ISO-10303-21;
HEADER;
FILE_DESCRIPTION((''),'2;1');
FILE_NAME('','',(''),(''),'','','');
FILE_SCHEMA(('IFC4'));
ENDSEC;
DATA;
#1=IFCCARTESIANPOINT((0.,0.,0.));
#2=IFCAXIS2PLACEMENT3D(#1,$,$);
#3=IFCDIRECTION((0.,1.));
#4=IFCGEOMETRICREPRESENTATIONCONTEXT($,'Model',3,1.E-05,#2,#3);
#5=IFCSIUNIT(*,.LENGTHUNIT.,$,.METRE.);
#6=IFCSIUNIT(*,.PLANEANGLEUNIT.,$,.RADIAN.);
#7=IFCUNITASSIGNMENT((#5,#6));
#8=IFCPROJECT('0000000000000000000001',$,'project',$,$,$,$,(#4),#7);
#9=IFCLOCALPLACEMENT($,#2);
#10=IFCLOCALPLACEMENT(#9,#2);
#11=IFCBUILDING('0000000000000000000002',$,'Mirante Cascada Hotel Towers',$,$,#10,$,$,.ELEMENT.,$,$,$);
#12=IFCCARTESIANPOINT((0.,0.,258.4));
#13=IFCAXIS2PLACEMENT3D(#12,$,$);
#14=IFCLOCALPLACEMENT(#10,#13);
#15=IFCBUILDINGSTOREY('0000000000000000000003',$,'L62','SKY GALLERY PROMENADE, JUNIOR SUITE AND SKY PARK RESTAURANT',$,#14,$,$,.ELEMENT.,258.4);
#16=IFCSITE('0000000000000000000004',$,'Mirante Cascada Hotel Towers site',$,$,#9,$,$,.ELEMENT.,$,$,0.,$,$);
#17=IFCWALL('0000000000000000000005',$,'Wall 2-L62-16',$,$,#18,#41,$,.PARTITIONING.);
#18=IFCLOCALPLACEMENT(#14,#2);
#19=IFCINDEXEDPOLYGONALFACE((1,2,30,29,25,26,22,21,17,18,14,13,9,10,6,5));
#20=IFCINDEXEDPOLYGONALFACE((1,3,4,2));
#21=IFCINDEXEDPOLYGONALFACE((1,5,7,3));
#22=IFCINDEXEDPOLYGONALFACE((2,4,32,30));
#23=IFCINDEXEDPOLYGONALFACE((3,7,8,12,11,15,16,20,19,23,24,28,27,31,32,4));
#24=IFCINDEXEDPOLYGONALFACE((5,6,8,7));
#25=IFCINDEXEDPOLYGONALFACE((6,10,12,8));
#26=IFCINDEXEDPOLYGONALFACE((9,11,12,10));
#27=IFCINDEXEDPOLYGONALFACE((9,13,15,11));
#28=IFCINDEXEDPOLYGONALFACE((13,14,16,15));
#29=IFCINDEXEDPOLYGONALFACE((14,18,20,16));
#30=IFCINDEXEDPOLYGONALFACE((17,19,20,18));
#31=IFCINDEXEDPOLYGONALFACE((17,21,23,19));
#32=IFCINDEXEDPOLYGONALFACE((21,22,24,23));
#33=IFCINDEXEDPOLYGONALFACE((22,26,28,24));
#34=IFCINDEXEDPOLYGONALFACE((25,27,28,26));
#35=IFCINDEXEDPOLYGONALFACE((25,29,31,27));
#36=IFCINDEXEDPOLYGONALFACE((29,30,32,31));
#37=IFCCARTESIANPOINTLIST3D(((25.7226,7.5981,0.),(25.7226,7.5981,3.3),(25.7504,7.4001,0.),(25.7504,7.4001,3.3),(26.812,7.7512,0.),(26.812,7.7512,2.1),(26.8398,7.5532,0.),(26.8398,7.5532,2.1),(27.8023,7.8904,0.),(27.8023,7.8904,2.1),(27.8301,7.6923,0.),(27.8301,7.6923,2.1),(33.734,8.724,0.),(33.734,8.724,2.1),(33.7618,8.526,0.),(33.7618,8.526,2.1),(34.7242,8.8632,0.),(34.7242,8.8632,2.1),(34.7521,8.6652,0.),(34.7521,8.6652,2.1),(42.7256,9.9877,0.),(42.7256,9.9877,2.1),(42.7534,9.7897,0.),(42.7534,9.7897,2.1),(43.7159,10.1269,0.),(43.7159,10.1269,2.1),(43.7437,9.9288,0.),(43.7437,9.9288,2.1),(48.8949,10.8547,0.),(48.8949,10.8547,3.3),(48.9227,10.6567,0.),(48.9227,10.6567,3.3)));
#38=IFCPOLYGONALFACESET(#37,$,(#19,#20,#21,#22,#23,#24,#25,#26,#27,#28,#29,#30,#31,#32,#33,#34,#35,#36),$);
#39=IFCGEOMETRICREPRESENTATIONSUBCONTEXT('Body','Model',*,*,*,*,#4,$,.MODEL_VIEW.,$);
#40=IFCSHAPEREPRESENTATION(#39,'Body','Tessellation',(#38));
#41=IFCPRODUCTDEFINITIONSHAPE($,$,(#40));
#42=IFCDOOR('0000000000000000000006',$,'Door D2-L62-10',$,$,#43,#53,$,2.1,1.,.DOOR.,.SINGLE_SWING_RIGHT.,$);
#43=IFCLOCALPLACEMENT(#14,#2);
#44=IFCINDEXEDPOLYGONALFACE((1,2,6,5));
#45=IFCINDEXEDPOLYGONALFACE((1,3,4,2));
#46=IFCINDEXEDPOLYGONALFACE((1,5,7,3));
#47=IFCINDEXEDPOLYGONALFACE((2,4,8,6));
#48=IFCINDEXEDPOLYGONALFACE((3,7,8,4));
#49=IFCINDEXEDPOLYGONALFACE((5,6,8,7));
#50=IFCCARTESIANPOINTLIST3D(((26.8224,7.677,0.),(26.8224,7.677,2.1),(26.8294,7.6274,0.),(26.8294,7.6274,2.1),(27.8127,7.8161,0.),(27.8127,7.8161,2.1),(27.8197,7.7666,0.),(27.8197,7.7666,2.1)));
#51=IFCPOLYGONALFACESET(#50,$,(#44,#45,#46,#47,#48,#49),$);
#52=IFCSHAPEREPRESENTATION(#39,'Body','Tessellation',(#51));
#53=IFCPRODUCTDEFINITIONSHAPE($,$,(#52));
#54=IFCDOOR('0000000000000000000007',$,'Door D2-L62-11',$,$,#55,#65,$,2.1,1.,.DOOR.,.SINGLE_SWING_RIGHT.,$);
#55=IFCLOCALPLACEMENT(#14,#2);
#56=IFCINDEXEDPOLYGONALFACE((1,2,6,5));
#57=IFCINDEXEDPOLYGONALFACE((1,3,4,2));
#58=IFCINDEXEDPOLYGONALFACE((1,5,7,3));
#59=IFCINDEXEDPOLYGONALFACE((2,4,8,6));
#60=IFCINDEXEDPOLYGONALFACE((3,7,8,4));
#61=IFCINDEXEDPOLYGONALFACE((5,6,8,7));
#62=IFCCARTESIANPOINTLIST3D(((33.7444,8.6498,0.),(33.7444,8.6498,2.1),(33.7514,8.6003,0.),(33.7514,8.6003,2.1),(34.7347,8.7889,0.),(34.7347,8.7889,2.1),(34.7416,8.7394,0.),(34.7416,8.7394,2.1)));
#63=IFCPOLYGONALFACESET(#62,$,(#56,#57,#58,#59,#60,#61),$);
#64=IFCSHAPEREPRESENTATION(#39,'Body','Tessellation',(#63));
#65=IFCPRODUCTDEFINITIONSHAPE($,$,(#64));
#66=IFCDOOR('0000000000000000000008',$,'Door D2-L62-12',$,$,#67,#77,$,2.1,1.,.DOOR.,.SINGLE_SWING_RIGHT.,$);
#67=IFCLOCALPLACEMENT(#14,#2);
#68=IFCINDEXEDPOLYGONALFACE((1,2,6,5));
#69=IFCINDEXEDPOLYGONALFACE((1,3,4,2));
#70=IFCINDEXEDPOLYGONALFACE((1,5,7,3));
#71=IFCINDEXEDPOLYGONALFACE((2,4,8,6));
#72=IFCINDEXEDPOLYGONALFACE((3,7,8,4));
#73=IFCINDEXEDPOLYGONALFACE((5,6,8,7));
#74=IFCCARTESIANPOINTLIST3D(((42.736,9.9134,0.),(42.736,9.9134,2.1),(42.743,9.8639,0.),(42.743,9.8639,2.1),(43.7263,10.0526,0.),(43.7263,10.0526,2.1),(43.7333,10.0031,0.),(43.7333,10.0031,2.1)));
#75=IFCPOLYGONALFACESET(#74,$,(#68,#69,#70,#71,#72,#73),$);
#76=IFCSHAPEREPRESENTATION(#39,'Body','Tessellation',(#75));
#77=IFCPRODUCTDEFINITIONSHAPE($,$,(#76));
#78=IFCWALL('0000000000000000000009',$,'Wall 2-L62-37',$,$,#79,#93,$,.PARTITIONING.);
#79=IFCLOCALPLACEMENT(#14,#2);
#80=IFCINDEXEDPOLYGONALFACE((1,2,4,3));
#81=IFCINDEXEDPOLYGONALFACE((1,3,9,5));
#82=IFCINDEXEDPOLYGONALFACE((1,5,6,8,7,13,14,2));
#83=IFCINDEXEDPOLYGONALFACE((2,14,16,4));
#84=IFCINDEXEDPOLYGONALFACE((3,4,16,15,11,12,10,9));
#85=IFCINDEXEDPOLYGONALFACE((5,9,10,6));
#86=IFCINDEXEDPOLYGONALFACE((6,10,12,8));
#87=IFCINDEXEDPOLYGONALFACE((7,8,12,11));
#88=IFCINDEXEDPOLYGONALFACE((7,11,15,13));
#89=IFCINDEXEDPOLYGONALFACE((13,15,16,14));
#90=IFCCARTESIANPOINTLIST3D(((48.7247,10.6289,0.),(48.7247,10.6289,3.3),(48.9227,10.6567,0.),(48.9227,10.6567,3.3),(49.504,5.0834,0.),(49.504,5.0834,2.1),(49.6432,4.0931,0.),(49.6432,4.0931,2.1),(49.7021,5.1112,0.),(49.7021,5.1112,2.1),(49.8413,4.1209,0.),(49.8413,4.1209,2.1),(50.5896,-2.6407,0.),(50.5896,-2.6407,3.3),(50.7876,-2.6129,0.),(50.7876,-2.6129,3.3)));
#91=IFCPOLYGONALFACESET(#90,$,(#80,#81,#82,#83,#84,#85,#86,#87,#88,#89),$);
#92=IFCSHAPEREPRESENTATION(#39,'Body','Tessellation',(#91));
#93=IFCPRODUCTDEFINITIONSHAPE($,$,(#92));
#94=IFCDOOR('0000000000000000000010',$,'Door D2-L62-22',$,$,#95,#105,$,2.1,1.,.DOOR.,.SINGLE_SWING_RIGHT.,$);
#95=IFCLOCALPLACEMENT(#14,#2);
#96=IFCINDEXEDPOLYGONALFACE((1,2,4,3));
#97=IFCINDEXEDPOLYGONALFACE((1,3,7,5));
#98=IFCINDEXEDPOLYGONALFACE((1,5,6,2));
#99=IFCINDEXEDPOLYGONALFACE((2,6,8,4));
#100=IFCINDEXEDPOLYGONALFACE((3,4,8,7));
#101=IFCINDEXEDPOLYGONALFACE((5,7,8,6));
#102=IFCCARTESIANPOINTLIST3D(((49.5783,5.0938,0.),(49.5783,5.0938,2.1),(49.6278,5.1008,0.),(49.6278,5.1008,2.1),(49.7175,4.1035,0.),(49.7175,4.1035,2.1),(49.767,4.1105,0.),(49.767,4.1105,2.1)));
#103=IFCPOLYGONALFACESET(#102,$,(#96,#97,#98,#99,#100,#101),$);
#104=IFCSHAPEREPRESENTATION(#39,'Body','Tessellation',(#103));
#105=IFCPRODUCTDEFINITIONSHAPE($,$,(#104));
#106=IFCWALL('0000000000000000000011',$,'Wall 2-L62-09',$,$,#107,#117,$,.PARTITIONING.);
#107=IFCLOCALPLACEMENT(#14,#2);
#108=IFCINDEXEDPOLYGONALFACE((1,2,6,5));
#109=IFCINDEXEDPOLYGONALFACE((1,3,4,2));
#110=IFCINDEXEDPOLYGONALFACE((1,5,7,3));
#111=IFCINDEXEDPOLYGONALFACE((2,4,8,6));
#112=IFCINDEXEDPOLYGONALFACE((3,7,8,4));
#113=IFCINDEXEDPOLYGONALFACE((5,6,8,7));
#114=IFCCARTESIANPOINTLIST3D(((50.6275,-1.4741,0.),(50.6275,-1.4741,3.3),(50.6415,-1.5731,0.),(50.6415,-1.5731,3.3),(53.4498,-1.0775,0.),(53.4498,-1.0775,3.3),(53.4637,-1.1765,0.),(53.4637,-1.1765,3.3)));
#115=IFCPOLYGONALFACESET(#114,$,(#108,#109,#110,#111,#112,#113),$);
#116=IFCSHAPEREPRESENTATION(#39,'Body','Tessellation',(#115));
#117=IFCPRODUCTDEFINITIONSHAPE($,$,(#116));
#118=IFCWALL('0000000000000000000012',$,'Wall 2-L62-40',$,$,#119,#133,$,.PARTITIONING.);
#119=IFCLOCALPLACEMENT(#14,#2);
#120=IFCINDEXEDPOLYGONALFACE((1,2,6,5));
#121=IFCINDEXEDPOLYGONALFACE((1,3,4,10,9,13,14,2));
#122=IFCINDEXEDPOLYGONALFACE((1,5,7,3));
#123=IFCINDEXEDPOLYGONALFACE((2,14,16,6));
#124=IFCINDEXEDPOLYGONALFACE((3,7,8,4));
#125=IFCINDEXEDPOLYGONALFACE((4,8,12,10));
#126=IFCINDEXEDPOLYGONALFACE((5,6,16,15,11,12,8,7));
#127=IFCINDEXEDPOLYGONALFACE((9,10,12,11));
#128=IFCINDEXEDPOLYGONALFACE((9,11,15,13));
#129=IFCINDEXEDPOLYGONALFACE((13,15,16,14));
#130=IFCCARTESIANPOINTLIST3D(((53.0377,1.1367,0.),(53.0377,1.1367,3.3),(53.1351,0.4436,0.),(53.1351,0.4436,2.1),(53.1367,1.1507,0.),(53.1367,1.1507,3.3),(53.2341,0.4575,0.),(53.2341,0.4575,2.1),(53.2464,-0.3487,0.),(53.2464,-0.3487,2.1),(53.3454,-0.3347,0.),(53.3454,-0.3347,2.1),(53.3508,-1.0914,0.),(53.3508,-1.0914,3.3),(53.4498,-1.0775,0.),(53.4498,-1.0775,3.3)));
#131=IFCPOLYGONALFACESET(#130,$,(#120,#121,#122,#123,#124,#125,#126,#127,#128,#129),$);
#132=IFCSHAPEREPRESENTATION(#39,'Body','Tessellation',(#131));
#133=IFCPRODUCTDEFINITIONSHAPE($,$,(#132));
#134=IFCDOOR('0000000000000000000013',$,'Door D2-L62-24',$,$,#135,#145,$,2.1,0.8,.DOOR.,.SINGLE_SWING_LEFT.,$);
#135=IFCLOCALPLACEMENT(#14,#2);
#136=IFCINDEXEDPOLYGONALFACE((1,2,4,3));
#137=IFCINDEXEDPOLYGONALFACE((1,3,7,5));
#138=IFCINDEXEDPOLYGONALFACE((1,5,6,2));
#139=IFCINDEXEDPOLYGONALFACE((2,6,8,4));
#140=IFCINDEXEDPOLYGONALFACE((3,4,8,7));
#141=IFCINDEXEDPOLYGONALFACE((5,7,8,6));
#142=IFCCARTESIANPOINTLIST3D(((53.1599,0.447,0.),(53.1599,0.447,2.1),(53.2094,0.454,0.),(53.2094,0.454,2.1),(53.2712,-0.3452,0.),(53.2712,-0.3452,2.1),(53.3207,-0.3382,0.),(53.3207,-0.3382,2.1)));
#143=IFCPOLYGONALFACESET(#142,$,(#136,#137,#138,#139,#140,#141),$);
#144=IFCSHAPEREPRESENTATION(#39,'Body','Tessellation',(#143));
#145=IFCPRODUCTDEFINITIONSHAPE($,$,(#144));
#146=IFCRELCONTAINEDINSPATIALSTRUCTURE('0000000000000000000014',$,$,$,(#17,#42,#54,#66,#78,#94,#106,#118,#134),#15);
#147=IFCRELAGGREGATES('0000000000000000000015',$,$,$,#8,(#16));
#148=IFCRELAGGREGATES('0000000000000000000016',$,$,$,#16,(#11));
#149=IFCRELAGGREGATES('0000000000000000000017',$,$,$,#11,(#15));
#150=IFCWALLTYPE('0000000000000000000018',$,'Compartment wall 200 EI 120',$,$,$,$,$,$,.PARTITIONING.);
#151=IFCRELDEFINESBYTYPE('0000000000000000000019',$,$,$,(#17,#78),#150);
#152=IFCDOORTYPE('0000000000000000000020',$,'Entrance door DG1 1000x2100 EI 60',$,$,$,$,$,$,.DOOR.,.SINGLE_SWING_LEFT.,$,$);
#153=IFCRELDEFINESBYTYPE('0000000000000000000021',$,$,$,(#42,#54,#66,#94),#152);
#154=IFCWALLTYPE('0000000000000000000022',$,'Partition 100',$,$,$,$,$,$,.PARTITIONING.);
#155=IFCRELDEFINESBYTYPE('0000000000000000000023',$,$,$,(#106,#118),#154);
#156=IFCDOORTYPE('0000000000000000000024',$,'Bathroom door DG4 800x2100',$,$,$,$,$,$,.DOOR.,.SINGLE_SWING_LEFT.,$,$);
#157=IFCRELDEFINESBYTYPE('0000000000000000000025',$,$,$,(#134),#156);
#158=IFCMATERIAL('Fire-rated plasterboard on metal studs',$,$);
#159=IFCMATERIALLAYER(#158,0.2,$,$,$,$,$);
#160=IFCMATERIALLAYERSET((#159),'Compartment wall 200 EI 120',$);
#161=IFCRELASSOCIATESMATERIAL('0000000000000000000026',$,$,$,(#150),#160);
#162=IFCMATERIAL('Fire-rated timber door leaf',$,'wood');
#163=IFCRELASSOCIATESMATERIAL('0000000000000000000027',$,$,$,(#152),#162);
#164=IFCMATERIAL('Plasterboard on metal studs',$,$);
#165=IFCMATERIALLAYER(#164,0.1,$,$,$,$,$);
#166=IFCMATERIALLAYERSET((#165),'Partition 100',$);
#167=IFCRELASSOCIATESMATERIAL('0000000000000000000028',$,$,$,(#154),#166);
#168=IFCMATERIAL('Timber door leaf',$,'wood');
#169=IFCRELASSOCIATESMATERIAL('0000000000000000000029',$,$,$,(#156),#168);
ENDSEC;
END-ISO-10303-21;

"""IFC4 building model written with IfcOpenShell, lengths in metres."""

from ifc_helpers import new_model, si_unit, direction, frame, frame_2d, origin, place, context, subcontext, project, spatial, rectangle, extrude, material, layer, layer_set, type_object, element, fill, save


model = new_model("IFC4")

# Units and contexts
model_context = context("Model", 3, precision=1e-05, world=origin(), true_north=direction((0.0, 1.0)))
body_context = subcontext(model_context, "Body", "Model", "MODEL_VIEW")
ifc_project = project(units=[si_unit("LENGTHUNIT", "METRE"), si_unit("PLANEANGLEUNIT", "RADIAN")], contexts=[model_context])

# Site, building, storey
site_placement = place(None, origin())
site = spatial("IfcSite", under=ifc_project, at=site_placement, Name="Mirante Cascada Hotel Towers site", CompositionType="ELEMENT", RefElevation=0.0)
building_placement = place(site_placement, origin())
building = spatial("IfcBuilding", under=site, at=building_placement, Name="Mirante Cascada Hotel Towers", CompositionType="ELEMENT")
storey_placement = place(building_placement, frame((0.0, 0.0, 258.4)))
storey = spatial("IfcBuildingStorey", under=building, at=storey_placement, Name="L62", Description="SKY GALLERY PROMENADE, JUNIOR SUITE AND SKY PARK RESTAURANT", CompositionType="ELEMENT", Elevation=258.4)

# Shared definitions
ifc_material_1 = material(Name="Fire-rated plasterboard on metal studs")
ifc_layer_1 = layer(ifc_material_1, 0.2)
ifc_layer_set_1 = layer_set([ifc_layer_1], Name="Compartment wall 200 EI 120")
wall_type_1 = type_object("IfcWallType", Name="Compartment wall 200 EI 120", PredefinedType="PARTITIONING", material=ifc_layer_set_1)

# Wall, openings, doors
wall_1_placement = place(storey_placement, frame((48.9088, 10.7557, 0.0), z_axis=(0.0, 0.0, 1.0), x_axis=(-0.990268, -0.139171, 0.0)))
wall_1 = element("IfcWall", 1, at=wall_1_placement, inside=storey, type_object=wall_type_1, Name="Wall 2-L62-16", PredefinedType="PARTITIONING", context=body_context, shape_type="SweptSolid", body=[
    extrude(rectangle(XDim=23.4, YDim=0.2, at=frame_2d((11.7, 0.0))), origin(), (0.0, 0.0, 1.0), 3.3),
])
opening_1_placement = place(wall_1_placement, frame((21.2999, 0.0, 0.0)))
opening_1 = element("IfcOpeningElement", 2, at=opening_1_placement, cuts=wall_1, PredefinedType="OPENING", context=body_context, shape_type="SweptSolid", body=[
    extrude(rectangle(XDim=1.0, YDim=2.1, at=frame_2d((0.5, 1.05))), frame((0.0, 0.1, 0.0), z_axis=(0.0, -1.0, 0.0), x_axis=(1.0, 0.0, 0.0)), (0.0, 0.0, 1.0), 0.2),
])
opening_2_placement = place(wall_1_placement, frame((14.3099, 0.0, 0.0)))
opening_2 = element("IfcOpeningElement", 3, at=opening_2_placement, cuts=wall_1, PredefinedType="OPENING", context=body_context, shape_type="SweptSolid", body=[
    extrude(rectangle(XDim=1.0, YDim=2.1, at=frame_2d((0.5, 1.05))), frame((0.0, 0.1, 0.0), z_axis=(0.0, -1.0, 0.0), x_axis=(1.0, 0.0, 0.0)), (0.0, 0.0, 1.0), 0.2),
])
opening_3_placement = place(wall_1_placement, frame((5.2299, 0.0, 0.0)))
opening_3 = element("IfcOpeningElement", 4, at=opening_3_placement, cuts=wall_1, PredefinedType="OPENING", context=body_context, shape_type="SweptSolid", body=[
    extrude(rectangle(XDim=1.0, YDim=2.1, at=frame_2d((0.5, 1.05))), frame((0.0, 0.1, 0.0), z_axis=(0.0, -1.0, 0.0), x_axis=(1.0, 0.0, 0.0)), (0.0, 0.0, 1.0), 0.2),
])
ifc_material_2 = material(Name="Fire-rated timber door leaf", Category="wood")
door_type_1 = type_object("IfcDoorType", Name="Entrance door DG1 1000x2100 EI 60", OperationType="SINGLE_SWING_LEFT", PredefinedType="DOOR", material=ifc_material_2)
door_1_placement = place(opening_1_placement, frame((1.0, 0.0, 0.0), z_axis=(0.0, 0.0, 1.0), x_axis=(-1.0, 0.0, 0.0)))
door_1 = element("IfcDoor", 5, at=door_1_placement, inside=storey, type_object=door_type_1, Name="Door D2-L62-10", OperationType="SINGLE_SWING_RIGHT", OverallHeight=2.1, OverallWidth=1.0, PredefinedType="DOOR", context=body_context, shape_type="SweptSolid", body=[
    extrude(rectangle(XDim=1.0, YDim=2.1, at=frame_2d((0.5, 1.05))), frame((0.0, 0.025, 0.0), z_axis=(0.0, -1.0, 0.0), x_axis=(1.0, 0.0, 0.0)), (0.0, 0.0, 1.0), 0.05),
])
fill(opening_1, door_1)
door_2_placement = place(opening_2_placement, frame((1.0, 0.0, 0.0), z_axis=(0.0, 0.0, 1.0), x_axis=(-1.0, 0.0, 0.0)))
door_2 = element("IfcDoor", 6, at=door_2_placement, inside=storey, type_object=door_type_1, Name="Door D2-L62-11", OperationType="SINGLE_SWING_RIGHT", OverallHeight=2.1, OverallWidth=1.0, PredefinedType="DOOR", context=body_context, shape_type="SweptSolid", body=[
    extrude(rectangle(XDim=1.0, YDim=2.1, at=frame_2d((0.5, 1.05))), frame((0.0, 0.025, 0.0), z_axis=(0.0, -1.0, 0.0), x_axis=(1.0, 0.0, 0.0)), (0.0, 0.0, 1.0), 0.05),
])
fill(opening_2, door_2)
door_3_placement = place(opening_3_placement, frame((1.0, 0.0, 0.0), z_axis=(0.0, 0.0, 1.0), x_axis=(-1.0, 0.0, 0.0)))
door_3 = element("IfcDoor", 7, at=door_3_placement, inside=storey, type_object=door_type_1, Name="Door D2-L62-12", OperationType="SINGLE_SWING_RIGHT", OverallHeight=2.1, OverallWidth=1.0, PredefinedType="DOOR", context=body_context, shape_type="SweptSolid", body=[
    extrude(rectangle(XDim=1.0, YDim=2.1, at=frame_2d((0.5, 1.05))), frame((0.0, 0.025, 0.0), z_axis=(0.0, -1.0, 0.0), x_axis=(1.0, 0.0, 0.0)), (0.0, 0.0, 1.0), 0.05),
])
fill(opening_3, door_3)

# Wall, opening, door
wall_2_placement = place(storey_placement, frame((50.6886, -2.6268, 0.0), z_axis=(0.0, 0.0, 1.0), x_axis=(-0.139172, 0.990268, 0.0)))
wall_2 = element("IfcWall", 8, at=wall_2_placement, inside=storey, type_object=wall_type_1, Name="Wall 2-L62-37", PredefinedType="PARTITIONING", context=body_context, shape_type="SweptSolid", body=[
    extrude(rectangle(XDim=13.4, YDim=0.2, at=frame_2d((6.7, 0.0))), origin(), (0.0, 0.0, 1.0), 3.3),
])
opening_4_placement = place(wall_2_placement, frame((6.8, 0.0, 0.0)))
opening_4 = element("IfcOpeningElement", 9, at=opening_4_placement, cuts=wall_2, PredefinedType="OPENING", context=body_context, shape_type="SweptSolid", body=[
    extrude(rectangle(XDim=1.0, YDim=2.1, at=frame_2d((0.5, 1.05))), frame((0.0, 0.1, 0.0), z_axis=(0.0, -1.0, 0.0), x_axis=(1.0, 0.0, 0.0)), (0.0, 0.0, 1.0), 0.2),
])
door_4_placement = place(opening_4_placement, frame((1.0, 0.0, 0.0), z_axis=(0.0, 0.0, 1.0), x_axis=(-1.0, 0.0, 0.0)))
door_4 = element("IfcDoor", 10, at=door_4_placement, inside=storey, type_object=door_type_1, Name="Door D2-L62-22", OperationType="SINGLE_SWING_RIGHT", OverallHeight=2.1, OverallWidth=1.0, PredefinedType="DOOR", context=body_context, shape_type="SweptSolid", body=[
    extrude(rectangle(XDim=1.0, YDim=2.1, at=frame_2d((0.5, 1.05))), frame((0.0, 0.025, 0.0), z_axis=(0.0, -1.0, 0.0), x_axis=(1.0, 0.0, 0.0)), (0.0, 0.0, 1.0), 0.05),
])
fill(opening_4, door_4)

# Wall
ifc_material_3 = material(Name="Plasterboard on metal studs")
ifc_layer_2 = layer(ifc_material_3, 0.1)
ifc_layer_set_2 = layer_set([ifc_layer_2], Name="Partition 100")
wall_type_2 = type_object("IfcWallType", Name="Partition 100", PredefinedType="PARTITIONING", material=ifc_layer_set_2)
wall_3_placement = place(storey_placement, frame((50.6345, -1.5236, 0.0), z_axis=(0.0, 0.0, 1.0), x_axis=(0.99027, 0.139156, 0.0)))
element("IfcWall", 11, at=wall_3_placement, inside=storey, type_object=wall_type_2, Name="Wall 2-L62-09", PredefinedType="PARTITIONING", context=body_context, shape_type="SweptSolid", body=[
    extrude(rectangle(XDim=2.85, YDim=0.1, at=frame_2d((1.425, 0.0))), origin(), (0.0, 0.0, 1.0), 3.3),
])

# Wall, opening, door
wall_4_placement = place(storey_placement, frame((53.0872, 1.1437, 0.0), z_axis=(0.0, 0.0, 1.0), x_axis=(0.139156, -0.990271, 0.0)))
wall_4 = element("IfcWall", 12, at=wall_4_placement, inside=storey, type_object=wall_type_2, Name="Wall 2-L62-40", PredefinedType="PARTITIONING", context=body_context, shape_type="SweptSolid", body=[
    extrude(rectangle(XDim=2.25, YDim=0.1, at=frame_2d((1.125, 0.0))), origin(), (0.0, 0.0, 1.0), 3.3),
])
opening_5_placement = place(wall_4_placement, frame((0.7, 0.0, 0.0)))
opening_5 = element("IfcOpeningElement", 13, at=opening_5_placement, cuts=wall_4, PredefinedType="OPENING", context=body_context, shape_type="SweptSolid", body=[
    extrude(rectangle(XDim=0.8, YDim=2.1, at=frame_2d((0.4, 1.05))), frame((0.0, 0.05, 0.0), z_axis=(0.0, -1.0, 0.0), x_axis=(1.0, 0.0, 0.0)), (0.0, 0.0, 1.0), 0.1),
])
ifc_material_4 = material(Name="Timber door leaf", Category="wood")
door_type_2 = type_object("IfcDoorType", Name="Bathroom door DG4 800x2100", OperationType="SINGLE_SWING_LEFT", PredefinedType="DOOR", material=ifc_material_4)
door_5_placement = place(opening_5_placement, origin())
door_5 = element("IfcDoor", 14, at=door_5_placement, inside=storey, type_object=door_type_2, Name="Door D2-L62-24", OperationType="SINGLE_SWING_LEFT", OverallHeight=2.1, OverallWidth=0.8, PredefinedType="DOOR", context=body_context, shape_type="SweptSolid", body=[
    extrude(rectangle(XDim=0.8, YDim=2.1, at=frame_2d((0.4, 1.05))), frame((0.0, 0.025, 0.0), z_axis=(0.0, -1.0, 0.0), x_axis=(1.0, 0.0, 0.0)), (0.0, 0.0, 1.0), 0.05),
])
fill(opening_5, door_5)

save(model, "model.ifc")
